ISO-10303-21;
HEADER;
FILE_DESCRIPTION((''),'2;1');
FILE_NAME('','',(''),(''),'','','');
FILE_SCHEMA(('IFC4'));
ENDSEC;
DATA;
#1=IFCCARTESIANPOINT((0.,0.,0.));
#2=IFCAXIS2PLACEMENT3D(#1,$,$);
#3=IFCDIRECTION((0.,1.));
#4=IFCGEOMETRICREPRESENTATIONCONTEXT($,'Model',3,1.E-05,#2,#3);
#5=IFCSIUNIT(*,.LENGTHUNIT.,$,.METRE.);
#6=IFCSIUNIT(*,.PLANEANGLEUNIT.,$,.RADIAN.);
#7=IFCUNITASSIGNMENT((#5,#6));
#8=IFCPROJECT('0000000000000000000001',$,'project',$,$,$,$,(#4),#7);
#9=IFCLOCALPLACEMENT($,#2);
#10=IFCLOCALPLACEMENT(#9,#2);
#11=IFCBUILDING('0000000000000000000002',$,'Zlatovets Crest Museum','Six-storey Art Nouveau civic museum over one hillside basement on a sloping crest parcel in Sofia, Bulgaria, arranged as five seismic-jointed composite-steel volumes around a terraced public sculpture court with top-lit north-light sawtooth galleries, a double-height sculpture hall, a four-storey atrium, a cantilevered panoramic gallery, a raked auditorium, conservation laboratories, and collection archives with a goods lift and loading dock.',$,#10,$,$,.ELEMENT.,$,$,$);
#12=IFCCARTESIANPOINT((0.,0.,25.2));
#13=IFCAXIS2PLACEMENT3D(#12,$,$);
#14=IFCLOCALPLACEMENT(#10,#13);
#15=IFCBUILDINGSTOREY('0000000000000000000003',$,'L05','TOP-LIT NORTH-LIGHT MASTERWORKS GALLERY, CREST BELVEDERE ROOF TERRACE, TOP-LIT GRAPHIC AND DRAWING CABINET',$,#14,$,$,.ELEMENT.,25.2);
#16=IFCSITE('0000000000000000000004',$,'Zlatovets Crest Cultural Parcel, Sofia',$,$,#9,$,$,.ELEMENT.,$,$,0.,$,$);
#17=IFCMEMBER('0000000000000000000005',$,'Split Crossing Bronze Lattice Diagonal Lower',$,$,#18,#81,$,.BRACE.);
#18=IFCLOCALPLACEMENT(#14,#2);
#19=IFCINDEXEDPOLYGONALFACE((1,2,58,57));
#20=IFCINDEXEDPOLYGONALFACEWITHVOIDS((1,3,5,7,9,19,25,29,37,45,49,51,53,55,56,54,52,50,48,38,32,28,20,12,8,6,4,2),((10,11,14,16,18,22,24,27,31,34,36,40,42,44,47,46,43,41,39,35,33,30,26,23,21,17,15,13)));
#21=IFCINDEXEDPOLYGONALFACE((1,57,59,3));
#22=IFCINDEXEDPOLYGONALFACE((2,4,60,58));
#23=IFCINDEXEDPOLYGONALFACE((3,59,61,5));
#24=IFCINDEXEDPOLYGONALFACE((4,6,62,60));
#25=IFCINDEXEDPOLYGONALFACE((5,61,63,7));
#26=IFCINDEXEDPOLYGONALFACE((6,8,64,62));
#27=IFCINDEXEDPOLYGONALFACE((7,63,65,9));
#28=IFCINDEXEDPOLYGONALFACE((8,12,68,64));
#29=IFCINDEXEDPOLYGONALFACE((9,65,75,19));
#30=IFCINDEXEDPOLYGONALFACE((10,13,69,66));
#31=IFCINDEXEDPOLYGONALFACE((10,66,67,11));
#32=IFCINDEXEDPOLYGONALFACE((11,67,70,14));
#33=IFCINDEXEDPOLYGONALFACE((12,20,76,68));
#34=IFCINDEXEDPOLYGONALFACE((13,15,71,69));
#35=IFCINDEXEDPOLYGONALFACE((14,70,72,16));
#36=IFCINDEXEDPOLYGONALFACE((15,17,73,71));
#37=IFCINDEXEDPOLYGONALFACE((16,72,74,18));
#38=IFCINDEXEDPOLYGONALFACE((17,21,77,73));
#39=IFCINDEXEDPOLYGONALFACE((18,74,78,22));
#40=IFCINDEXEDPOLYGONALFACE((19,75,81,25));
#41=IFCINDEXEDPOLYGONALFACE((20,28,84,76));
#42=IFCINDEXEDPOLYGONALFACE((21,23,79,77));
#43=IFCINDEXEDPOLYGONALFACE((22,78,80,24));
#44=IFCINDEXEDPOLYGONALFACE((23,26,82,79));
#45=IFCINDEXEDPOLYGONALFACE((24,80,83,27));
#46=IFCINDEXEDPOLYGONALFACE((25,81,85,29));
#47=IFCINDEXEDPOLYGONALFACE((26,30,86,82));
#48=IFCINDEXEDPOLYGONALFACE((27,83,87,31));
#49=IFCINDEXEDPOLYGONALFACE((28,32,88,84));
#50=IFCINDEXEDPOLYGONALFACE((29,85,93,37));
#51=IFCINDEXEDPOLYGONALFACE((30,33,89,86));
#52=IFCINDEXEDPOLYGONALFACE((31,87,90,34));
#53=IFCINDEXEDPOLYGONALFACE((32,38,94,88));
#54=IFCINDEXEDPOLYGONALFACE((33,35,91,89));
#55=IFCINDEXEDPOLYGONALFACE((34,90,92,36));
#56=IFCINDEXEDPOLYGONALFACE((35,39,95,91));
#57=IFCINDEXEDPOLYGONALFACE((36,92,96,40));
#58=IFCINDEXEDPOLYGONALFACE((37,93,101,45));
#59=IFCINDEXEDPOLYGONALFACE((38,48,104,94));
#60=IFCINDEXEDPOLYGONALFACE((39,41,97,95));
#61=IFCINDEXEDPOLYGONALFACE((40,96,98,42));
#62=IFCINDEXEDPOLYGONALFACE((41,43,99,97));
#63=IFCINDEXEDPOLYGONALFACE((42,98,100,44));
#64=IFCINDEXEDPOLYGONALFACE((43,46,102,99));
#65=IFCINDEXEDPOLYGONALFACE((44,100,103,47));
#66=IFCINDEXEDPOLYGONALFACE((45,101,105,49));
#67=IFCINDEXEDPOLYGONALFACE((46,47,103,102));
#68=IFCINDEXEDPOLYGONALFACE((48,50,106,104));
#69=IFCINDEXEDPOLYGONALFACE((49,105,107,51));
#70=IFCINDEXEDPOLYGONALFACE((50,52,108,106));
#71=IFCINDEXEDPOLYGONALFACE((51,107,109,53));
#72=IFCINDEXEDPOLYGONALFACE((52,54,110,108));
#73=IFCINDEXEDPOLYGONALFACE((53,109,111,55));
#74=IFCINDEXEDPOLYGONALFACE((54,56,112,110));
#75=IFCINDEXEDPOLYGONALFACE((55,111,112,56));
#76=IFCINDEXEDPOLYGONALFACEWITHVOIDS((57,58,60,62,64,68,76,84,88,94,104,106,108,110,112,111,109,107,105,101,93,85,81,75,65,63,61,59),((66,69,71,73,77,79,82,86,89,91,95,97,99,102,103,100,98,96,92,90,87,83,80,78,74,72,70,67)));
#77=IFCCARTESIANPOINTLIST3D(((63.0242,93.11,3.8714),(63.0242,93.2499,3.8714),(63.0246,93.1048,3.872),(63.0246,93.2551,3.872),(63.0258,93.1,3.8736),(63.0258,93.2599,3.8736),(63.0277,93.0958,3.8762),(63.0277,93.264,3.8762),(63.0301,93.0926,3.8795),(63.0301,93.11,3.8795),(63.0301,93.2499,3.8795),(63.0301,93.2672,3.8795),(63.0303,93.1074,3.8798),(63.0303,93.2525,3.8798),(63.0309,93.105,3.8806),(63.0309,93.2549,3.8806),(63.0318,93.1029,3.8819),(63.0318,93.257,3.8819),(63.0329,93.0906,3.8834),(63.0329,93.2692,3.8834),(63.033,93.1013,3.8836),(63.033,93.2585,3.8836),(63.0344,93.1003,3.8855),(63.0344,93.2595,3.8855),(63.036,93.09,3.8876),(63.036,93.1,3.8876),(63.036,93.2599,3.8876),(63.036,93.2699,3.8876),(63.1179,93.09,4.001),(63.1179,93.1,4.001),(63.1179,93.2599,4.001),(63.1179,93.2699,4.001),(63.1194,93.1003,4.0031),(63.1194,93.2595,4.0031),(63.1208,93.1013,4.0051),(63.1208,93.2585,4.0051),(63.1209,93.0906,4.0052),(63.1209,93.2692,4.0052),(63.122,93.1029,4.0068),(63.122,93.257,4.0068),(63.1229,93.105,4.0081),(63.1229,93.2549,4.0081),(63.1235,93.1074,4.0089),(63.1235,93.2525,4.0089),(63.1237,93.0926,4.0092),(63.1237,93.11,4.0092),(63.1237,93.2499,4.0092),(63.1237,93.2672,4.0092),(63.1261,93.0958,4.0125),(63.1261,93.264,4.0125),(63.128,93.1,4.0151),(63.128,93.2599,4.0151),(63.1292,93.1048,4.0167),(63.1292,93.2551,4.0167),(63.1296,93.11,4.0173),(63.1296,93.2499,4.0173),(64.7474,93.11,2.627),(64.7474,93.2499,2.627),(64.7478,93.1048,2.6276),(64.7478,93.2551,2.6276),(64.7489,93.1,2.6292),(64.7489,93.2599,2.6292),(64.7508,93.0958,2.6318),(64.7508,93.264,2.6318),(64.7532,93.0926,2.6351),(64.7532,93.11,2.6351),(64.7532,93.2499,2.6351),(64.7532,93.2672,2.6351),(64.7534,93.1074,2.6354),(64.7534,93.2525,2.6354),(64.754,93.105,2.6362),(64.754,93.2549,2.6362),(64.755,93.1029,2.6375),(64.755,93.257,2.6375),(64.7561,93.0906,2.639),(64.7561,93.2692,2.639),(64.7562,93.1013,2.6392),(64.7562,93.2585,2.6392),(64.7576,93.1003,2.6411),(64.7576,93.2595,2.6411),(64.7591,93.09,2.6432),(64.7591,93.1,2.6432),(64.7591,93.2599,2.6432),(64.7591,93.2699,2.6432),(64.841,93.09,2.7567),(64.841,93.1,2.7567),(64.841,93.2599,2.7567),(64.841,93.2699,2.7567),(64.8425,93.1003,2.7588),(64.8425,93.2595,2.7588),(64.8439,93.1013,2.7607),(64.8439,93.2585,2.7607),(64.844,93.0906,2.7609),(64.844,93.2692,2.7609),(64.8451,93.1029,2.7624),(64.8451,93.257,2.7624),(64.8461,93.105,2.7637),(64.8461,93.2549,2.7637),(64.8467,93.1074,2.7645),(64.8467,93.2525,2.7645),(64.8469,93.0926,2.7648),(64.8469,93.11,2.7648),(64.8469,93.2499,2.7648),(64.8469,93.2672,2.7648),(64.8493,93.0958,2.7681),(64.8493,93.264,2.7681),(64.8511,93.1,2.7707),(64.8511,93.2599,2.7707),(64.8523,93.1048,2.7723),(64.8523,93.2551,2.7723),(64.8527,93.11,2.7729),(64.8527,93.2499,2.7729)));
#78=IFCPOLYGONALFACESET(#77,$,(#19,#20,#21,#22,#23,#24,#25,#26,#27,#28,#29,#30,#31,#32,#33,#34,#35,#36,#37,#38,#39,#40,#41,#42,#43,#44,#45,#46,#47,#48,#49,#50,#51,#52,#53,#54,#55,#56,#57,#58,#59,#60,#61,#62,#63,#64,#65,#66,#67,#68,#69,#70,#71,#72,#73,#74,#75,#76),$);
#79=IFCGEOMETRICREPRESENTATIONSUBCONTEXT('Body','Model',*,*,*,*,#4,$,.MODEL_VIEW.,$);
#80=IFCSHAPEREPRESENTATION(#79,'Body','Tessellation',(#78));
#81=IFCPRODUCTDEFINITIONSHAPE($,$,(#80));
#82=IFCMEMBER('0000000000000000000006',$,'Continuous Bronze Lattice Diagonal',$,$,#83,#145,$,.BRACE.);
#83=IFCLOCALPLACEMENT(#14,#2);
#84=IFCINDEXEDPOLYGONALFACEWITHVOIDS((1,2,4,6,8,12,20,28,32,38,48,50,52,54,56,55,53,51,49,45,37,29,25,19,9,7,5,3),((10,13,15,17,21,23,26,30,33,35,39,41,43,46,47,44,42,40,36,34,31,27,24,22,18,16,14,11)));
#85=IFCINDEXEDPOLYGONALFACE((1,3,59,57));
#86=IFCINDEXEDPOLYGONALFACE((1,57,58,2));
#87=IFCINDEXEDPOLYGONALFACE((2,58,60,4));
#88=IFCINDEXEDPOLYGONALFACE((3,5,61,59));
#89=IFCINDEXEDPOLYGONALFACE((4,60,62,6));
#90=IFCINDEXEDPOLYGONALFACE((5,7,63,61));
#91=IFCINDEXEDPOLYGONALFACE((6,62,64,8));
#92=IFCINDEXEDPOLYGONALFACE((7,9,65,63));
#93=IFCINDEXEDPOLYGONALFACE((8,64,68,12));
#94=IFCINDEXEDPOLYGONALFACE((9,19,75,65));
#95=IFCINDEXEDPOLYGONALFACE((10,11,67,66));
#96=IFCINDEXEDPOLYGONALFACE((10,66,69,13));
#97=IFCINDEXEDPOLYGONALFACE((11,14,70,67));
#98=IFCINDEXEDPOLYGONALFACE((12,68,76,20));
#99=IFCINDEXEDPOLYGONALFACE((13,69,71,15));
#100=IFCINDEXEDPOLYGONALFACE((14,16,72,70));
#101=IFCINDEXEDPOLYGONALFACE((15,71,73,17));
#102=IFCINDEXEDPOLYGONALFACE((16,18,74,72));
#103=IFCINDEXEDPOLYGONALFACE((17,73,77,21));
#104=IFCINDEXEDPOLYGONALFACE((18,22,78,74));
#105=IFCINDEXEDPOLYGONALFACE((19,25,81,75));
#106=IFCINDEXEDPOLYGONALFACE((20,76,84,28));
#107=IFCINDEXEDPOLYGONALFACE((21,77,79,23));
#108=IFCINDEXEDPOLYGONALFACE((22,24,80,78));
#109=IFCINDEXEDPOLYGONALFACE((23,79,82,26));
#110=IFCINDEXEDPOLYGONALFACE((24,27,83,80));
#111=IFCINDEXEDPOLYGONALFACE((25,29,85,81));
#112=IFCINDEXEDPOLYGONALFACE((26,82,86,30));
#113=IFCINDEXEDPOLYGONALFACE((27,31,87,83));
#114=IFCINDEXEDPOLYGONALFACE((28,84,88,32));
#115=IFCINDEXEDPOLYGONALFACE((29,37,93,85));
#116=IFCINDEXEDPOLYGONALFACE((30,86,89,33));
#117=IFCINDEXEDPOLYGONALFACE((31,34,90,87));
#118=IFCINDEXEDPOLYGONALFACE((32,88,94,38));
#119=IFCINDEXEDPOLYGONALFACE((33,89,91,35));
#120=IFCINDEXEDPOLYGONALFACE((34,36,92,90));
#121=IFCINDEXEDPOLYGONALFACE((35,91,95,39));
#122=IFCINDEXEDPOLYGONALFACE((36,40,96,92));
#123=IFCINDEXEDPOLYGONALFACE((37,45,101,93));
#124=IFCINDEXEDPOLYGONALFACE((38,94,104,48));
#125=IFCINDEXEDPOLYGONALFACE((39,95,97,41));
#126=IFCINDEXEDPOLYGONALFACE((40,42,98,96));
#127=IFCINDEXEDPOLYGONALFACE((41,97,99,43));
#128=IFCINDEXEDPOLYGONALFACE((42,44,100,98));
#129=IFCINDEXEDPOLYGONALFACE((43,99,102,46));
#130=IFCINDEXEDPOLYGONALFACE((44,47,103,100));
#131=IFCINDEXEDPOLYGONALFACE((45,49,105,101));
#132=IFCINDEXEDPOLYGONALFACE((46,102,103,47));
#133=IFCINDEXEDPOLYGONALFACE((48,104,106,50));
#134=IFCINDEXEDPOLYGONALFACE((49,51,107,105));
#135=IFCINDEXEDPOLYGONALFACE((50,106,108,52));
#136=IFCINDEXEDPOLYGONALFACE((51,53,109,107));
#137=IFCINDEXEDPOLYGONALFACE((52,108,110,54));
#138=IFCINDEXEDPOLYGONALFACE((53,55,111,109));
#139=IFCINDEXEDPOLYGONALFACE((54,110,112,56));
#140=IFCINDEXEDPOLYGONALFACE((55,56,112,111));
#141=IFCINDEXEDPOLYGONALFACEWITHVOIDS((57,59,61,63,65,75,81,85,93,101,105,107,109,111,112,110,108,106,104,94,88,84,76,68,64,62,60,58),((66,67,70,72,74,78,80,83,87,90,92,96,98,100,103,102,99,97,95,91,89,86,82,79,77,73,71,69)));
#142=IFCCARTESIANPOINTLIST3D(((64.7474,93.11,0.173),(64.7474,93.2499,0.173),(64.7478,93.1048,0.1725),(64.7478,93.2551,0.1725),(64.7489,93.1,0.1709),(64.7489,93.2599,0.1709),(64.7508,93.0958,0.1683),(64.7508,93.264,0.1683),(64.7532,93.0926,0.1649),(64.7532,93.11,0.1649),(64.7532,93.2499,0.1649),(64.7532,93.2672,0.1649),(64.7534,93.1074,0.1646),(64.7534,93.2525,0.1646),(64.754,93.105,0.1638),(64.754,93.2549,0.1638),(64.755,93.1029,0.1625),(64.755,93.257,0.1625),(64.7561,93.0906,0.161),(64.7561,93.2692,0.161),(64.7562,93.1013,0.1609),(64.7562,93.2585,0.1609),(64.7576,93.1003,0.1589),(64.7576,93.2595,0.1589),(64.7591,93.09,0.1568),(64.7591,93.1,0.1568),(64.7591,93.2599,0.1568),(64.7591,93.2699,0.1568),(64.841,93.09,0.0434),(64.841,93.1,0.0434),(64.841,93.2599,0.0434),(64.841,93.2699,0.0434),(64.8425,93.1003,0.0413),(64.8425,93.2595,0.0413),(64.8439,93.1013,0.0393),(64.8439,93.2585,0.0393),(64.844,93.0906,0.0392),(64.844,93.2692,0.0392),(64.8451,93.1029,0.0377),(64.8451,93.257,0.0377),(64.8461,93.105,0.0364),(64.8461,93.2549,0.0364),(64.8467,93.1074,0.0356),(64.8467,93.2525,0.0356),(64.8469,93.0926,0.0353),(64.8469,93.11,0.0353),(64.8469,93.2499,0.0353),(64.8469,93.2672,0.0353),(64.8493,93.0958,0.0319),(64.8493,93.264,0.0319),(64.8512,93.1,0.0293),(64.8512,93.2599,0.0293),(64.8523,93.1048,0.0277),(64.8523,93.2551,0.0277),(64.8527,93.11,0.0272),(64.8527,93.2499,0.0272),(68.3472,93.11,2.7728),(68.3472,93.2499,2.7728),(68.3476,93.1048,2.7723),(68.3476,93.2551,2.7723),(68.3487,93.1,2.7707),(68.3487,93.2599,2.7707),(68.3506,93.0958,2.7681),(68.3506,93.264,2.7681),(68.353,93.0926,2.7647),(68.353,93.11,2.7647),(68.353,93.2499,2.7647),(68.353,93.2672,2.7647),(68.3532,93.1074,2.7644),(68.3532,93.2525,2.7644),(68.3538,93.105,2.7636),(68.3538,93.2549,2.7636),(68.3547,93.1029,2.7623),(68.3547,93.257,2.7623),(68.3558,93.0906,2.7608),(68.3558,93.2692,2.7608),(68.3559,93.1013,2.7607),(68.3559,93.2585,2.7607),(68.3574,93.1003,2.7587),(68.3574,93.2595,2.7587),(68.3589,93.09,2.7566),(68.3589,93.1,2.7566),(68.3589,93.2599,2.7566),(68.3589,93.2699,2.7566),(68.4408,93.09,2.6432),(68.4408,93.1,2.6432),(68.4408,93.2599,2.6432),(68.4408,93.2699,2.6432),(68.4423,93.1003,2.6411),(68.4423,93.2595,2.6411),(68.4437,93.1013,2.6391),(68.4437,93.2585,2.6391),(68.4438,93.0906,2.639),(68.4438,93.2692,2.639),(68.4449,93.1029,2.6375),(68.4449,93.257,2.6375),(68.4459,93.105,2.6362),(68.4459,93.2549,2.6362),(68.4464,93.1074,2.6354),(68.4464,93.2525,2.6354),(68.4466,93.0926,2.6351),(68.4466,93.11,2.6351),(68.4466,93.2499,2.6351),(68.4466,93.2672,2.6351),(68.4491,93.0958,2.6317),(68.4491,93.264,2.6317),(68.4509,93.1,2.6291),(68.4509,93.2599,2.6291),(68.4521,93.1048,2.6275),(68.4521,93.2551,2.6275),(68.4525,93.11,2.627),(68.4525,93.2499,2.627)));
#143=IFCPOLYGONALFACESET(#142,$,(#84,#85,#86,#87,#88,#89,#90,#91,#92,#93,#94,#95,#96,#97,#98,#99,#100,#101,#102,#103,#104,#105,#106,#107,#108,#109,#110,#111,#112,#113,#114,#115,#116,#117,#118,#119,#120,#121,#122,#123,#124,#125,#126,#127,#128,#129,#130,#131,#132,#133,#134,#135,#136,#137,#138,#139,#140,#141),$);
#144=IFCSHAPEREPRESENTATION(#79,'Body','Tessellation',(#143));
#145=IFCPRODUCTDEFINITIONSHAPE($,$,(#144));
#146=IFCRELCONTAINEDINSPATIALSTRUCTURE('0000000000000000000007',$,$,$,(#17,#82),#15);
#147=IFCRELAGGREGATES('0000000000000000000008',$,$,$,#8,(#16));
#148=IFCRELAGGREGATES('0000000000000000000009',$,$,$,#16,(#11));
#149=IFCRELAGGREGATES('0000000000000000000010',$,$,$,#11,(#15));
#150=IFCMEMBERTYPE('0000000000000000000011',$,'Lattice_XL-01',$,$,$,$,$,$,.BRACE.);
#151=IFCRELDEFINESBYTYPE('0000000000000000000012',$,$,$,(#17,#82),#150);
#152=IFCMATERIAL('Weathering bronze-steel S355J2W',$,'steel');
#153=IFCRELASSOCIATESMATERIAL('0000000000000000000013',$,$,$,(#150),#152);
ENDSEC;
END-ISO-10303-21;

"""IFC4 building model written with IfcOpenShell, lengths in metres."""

from ifc_helpers import new_model, si_unit, direction, frame, origin, origin_2d, place, context, subcontext, project, spatial, hollow_rectangle, extrude, material, material_profile, profile_set, type_object, element, save


model = new_model("IFC4")

# Units and contexts
model_context = context("Model", 3, precision=1e-05, world=origin(), true_north=direction((0.0, 1.0)))
body_context = subcontext(model_context, "Body", "Model", "MODEL_VIEW")
ifc_project = project(units=[si_unit("LENGTHUNIT", "METRE"), si_unit("PLANEANGLEUNIT", "RADIAN")], contexts=[model_context])

# Site, building, storey
site_placement = place(None, origin())
site = spatial("IfcSite", under=ifc_project, at=site_placement, Name="Zlatovets Crest Cultural Parcel, Sofia", CompositionType="ELEMENT", RefElevation=0.0)
building_placement = place(site_placement, origin())
building = spatial("IfcBuilding", under=site, at=building_placement, Name="Zlatovets Crest Museum", Description="Six-storey Art Nouveau civic museum over one hillside basement on a sloping crest parcel in Sofia, Bulgaria, arranged as five seismic-jointed composite-steel volumes around a terraced public sculpture court with top-lit north-light sawtooth galleries, a double-height sculpture hall, a four-storey atrium, a cantilevered panoramic gallery, a raked auditorium, conservation laboratories, and collection archives with a goods lift and loading dock.", CompositionType="ELEMENT")
storey_placement = place(building_placement, frame((0.0, 0.0, 25.2)))
storey = spatial("IfcBuildingStorey", under=building, at=storey_placement, Name="L05", Description="TOP-LIT NORTH-LIGHT MASTERWORKS GALLERY, CREST BELVEDERE ROOF TERRACE, TOP-LIT GRAPHIC AND DRAWING CABINET", CompositionType="ELEMENT", Elevation=25.2)

# Members
ifc_material_1 = material(Name="Weathering bronze-steel S355J2W", Category="steel")
ifc_material_profile_1 = material_profile(ifc_material_1, hollow_rectangle(XDim=0.1799, YDim=0.1799, WallThickness=0.01, InnerFilletRadius=0.01, OuterFilletRadius=0.02, at=origin_2d()), Name="SHS 180x180x10.0")
ifc_profile_set_1 = profile_set([ifc_material_profile_1], Name="Weathering bronze-steel S355J2W")
member_type_1 = type_object("IfcMemberType", Name="Lattice_XL-01", PredefinedType="BRACE", material=ifc_profile_set_1)
for number, where, z_axis, x_axis, name in (
    (1, (63.0769, 93.1799, 3.9443), (0.810703, 0.0, -0.585457), (0.0, 1.0, 0.0), "Split Crossing Bronze Lattice Diagonal Lower"),
):
    element("IfcMember", number, at=place(storey_placement, frame(where, z_axis=z_axis, x_axis=x_axis)), inside=storey, type_object=member_type_1, Name=name, PredefinedType="BRACE", context=body_context, shape_type="SweptSolid", body=[
        extrude(hollow_rectangle(XDim=0.1799, YDim=0.1799, WallThickness=0.01, InnerFilletRadius=0.01, OuterFilletRadius=0.02, at=origin_2d()), origin(), (0.0, 0.0, 1.0), 2.1255),
    ])
member_1_placement = place(storey_placement, frame((64.8, 93.1799, 0.1001), z_axis=(0.810684, 0.0, 0.585485), x_axis=(0.0, 1.0, 0.0)))
element("IfcMember", 2, at=member_1_placement, inside=storey, type_object=member_type_1, Name="Continuous Bronze Lattice Diagonal", PredefinedType="BRACE", context=body_context, shape_type="SweptSolid", body=[
    extrude(hollow_rectangle(XDim=0.1799, YDim=0.1799, WallThickness=0.01, InnerFilletRadius=0.01, OuterFilletRadius=0.02, at=origin_2d()), origin(), (0.0, 0.0, 1.0), 4.4404),
])

save(model, "model.ifc")
